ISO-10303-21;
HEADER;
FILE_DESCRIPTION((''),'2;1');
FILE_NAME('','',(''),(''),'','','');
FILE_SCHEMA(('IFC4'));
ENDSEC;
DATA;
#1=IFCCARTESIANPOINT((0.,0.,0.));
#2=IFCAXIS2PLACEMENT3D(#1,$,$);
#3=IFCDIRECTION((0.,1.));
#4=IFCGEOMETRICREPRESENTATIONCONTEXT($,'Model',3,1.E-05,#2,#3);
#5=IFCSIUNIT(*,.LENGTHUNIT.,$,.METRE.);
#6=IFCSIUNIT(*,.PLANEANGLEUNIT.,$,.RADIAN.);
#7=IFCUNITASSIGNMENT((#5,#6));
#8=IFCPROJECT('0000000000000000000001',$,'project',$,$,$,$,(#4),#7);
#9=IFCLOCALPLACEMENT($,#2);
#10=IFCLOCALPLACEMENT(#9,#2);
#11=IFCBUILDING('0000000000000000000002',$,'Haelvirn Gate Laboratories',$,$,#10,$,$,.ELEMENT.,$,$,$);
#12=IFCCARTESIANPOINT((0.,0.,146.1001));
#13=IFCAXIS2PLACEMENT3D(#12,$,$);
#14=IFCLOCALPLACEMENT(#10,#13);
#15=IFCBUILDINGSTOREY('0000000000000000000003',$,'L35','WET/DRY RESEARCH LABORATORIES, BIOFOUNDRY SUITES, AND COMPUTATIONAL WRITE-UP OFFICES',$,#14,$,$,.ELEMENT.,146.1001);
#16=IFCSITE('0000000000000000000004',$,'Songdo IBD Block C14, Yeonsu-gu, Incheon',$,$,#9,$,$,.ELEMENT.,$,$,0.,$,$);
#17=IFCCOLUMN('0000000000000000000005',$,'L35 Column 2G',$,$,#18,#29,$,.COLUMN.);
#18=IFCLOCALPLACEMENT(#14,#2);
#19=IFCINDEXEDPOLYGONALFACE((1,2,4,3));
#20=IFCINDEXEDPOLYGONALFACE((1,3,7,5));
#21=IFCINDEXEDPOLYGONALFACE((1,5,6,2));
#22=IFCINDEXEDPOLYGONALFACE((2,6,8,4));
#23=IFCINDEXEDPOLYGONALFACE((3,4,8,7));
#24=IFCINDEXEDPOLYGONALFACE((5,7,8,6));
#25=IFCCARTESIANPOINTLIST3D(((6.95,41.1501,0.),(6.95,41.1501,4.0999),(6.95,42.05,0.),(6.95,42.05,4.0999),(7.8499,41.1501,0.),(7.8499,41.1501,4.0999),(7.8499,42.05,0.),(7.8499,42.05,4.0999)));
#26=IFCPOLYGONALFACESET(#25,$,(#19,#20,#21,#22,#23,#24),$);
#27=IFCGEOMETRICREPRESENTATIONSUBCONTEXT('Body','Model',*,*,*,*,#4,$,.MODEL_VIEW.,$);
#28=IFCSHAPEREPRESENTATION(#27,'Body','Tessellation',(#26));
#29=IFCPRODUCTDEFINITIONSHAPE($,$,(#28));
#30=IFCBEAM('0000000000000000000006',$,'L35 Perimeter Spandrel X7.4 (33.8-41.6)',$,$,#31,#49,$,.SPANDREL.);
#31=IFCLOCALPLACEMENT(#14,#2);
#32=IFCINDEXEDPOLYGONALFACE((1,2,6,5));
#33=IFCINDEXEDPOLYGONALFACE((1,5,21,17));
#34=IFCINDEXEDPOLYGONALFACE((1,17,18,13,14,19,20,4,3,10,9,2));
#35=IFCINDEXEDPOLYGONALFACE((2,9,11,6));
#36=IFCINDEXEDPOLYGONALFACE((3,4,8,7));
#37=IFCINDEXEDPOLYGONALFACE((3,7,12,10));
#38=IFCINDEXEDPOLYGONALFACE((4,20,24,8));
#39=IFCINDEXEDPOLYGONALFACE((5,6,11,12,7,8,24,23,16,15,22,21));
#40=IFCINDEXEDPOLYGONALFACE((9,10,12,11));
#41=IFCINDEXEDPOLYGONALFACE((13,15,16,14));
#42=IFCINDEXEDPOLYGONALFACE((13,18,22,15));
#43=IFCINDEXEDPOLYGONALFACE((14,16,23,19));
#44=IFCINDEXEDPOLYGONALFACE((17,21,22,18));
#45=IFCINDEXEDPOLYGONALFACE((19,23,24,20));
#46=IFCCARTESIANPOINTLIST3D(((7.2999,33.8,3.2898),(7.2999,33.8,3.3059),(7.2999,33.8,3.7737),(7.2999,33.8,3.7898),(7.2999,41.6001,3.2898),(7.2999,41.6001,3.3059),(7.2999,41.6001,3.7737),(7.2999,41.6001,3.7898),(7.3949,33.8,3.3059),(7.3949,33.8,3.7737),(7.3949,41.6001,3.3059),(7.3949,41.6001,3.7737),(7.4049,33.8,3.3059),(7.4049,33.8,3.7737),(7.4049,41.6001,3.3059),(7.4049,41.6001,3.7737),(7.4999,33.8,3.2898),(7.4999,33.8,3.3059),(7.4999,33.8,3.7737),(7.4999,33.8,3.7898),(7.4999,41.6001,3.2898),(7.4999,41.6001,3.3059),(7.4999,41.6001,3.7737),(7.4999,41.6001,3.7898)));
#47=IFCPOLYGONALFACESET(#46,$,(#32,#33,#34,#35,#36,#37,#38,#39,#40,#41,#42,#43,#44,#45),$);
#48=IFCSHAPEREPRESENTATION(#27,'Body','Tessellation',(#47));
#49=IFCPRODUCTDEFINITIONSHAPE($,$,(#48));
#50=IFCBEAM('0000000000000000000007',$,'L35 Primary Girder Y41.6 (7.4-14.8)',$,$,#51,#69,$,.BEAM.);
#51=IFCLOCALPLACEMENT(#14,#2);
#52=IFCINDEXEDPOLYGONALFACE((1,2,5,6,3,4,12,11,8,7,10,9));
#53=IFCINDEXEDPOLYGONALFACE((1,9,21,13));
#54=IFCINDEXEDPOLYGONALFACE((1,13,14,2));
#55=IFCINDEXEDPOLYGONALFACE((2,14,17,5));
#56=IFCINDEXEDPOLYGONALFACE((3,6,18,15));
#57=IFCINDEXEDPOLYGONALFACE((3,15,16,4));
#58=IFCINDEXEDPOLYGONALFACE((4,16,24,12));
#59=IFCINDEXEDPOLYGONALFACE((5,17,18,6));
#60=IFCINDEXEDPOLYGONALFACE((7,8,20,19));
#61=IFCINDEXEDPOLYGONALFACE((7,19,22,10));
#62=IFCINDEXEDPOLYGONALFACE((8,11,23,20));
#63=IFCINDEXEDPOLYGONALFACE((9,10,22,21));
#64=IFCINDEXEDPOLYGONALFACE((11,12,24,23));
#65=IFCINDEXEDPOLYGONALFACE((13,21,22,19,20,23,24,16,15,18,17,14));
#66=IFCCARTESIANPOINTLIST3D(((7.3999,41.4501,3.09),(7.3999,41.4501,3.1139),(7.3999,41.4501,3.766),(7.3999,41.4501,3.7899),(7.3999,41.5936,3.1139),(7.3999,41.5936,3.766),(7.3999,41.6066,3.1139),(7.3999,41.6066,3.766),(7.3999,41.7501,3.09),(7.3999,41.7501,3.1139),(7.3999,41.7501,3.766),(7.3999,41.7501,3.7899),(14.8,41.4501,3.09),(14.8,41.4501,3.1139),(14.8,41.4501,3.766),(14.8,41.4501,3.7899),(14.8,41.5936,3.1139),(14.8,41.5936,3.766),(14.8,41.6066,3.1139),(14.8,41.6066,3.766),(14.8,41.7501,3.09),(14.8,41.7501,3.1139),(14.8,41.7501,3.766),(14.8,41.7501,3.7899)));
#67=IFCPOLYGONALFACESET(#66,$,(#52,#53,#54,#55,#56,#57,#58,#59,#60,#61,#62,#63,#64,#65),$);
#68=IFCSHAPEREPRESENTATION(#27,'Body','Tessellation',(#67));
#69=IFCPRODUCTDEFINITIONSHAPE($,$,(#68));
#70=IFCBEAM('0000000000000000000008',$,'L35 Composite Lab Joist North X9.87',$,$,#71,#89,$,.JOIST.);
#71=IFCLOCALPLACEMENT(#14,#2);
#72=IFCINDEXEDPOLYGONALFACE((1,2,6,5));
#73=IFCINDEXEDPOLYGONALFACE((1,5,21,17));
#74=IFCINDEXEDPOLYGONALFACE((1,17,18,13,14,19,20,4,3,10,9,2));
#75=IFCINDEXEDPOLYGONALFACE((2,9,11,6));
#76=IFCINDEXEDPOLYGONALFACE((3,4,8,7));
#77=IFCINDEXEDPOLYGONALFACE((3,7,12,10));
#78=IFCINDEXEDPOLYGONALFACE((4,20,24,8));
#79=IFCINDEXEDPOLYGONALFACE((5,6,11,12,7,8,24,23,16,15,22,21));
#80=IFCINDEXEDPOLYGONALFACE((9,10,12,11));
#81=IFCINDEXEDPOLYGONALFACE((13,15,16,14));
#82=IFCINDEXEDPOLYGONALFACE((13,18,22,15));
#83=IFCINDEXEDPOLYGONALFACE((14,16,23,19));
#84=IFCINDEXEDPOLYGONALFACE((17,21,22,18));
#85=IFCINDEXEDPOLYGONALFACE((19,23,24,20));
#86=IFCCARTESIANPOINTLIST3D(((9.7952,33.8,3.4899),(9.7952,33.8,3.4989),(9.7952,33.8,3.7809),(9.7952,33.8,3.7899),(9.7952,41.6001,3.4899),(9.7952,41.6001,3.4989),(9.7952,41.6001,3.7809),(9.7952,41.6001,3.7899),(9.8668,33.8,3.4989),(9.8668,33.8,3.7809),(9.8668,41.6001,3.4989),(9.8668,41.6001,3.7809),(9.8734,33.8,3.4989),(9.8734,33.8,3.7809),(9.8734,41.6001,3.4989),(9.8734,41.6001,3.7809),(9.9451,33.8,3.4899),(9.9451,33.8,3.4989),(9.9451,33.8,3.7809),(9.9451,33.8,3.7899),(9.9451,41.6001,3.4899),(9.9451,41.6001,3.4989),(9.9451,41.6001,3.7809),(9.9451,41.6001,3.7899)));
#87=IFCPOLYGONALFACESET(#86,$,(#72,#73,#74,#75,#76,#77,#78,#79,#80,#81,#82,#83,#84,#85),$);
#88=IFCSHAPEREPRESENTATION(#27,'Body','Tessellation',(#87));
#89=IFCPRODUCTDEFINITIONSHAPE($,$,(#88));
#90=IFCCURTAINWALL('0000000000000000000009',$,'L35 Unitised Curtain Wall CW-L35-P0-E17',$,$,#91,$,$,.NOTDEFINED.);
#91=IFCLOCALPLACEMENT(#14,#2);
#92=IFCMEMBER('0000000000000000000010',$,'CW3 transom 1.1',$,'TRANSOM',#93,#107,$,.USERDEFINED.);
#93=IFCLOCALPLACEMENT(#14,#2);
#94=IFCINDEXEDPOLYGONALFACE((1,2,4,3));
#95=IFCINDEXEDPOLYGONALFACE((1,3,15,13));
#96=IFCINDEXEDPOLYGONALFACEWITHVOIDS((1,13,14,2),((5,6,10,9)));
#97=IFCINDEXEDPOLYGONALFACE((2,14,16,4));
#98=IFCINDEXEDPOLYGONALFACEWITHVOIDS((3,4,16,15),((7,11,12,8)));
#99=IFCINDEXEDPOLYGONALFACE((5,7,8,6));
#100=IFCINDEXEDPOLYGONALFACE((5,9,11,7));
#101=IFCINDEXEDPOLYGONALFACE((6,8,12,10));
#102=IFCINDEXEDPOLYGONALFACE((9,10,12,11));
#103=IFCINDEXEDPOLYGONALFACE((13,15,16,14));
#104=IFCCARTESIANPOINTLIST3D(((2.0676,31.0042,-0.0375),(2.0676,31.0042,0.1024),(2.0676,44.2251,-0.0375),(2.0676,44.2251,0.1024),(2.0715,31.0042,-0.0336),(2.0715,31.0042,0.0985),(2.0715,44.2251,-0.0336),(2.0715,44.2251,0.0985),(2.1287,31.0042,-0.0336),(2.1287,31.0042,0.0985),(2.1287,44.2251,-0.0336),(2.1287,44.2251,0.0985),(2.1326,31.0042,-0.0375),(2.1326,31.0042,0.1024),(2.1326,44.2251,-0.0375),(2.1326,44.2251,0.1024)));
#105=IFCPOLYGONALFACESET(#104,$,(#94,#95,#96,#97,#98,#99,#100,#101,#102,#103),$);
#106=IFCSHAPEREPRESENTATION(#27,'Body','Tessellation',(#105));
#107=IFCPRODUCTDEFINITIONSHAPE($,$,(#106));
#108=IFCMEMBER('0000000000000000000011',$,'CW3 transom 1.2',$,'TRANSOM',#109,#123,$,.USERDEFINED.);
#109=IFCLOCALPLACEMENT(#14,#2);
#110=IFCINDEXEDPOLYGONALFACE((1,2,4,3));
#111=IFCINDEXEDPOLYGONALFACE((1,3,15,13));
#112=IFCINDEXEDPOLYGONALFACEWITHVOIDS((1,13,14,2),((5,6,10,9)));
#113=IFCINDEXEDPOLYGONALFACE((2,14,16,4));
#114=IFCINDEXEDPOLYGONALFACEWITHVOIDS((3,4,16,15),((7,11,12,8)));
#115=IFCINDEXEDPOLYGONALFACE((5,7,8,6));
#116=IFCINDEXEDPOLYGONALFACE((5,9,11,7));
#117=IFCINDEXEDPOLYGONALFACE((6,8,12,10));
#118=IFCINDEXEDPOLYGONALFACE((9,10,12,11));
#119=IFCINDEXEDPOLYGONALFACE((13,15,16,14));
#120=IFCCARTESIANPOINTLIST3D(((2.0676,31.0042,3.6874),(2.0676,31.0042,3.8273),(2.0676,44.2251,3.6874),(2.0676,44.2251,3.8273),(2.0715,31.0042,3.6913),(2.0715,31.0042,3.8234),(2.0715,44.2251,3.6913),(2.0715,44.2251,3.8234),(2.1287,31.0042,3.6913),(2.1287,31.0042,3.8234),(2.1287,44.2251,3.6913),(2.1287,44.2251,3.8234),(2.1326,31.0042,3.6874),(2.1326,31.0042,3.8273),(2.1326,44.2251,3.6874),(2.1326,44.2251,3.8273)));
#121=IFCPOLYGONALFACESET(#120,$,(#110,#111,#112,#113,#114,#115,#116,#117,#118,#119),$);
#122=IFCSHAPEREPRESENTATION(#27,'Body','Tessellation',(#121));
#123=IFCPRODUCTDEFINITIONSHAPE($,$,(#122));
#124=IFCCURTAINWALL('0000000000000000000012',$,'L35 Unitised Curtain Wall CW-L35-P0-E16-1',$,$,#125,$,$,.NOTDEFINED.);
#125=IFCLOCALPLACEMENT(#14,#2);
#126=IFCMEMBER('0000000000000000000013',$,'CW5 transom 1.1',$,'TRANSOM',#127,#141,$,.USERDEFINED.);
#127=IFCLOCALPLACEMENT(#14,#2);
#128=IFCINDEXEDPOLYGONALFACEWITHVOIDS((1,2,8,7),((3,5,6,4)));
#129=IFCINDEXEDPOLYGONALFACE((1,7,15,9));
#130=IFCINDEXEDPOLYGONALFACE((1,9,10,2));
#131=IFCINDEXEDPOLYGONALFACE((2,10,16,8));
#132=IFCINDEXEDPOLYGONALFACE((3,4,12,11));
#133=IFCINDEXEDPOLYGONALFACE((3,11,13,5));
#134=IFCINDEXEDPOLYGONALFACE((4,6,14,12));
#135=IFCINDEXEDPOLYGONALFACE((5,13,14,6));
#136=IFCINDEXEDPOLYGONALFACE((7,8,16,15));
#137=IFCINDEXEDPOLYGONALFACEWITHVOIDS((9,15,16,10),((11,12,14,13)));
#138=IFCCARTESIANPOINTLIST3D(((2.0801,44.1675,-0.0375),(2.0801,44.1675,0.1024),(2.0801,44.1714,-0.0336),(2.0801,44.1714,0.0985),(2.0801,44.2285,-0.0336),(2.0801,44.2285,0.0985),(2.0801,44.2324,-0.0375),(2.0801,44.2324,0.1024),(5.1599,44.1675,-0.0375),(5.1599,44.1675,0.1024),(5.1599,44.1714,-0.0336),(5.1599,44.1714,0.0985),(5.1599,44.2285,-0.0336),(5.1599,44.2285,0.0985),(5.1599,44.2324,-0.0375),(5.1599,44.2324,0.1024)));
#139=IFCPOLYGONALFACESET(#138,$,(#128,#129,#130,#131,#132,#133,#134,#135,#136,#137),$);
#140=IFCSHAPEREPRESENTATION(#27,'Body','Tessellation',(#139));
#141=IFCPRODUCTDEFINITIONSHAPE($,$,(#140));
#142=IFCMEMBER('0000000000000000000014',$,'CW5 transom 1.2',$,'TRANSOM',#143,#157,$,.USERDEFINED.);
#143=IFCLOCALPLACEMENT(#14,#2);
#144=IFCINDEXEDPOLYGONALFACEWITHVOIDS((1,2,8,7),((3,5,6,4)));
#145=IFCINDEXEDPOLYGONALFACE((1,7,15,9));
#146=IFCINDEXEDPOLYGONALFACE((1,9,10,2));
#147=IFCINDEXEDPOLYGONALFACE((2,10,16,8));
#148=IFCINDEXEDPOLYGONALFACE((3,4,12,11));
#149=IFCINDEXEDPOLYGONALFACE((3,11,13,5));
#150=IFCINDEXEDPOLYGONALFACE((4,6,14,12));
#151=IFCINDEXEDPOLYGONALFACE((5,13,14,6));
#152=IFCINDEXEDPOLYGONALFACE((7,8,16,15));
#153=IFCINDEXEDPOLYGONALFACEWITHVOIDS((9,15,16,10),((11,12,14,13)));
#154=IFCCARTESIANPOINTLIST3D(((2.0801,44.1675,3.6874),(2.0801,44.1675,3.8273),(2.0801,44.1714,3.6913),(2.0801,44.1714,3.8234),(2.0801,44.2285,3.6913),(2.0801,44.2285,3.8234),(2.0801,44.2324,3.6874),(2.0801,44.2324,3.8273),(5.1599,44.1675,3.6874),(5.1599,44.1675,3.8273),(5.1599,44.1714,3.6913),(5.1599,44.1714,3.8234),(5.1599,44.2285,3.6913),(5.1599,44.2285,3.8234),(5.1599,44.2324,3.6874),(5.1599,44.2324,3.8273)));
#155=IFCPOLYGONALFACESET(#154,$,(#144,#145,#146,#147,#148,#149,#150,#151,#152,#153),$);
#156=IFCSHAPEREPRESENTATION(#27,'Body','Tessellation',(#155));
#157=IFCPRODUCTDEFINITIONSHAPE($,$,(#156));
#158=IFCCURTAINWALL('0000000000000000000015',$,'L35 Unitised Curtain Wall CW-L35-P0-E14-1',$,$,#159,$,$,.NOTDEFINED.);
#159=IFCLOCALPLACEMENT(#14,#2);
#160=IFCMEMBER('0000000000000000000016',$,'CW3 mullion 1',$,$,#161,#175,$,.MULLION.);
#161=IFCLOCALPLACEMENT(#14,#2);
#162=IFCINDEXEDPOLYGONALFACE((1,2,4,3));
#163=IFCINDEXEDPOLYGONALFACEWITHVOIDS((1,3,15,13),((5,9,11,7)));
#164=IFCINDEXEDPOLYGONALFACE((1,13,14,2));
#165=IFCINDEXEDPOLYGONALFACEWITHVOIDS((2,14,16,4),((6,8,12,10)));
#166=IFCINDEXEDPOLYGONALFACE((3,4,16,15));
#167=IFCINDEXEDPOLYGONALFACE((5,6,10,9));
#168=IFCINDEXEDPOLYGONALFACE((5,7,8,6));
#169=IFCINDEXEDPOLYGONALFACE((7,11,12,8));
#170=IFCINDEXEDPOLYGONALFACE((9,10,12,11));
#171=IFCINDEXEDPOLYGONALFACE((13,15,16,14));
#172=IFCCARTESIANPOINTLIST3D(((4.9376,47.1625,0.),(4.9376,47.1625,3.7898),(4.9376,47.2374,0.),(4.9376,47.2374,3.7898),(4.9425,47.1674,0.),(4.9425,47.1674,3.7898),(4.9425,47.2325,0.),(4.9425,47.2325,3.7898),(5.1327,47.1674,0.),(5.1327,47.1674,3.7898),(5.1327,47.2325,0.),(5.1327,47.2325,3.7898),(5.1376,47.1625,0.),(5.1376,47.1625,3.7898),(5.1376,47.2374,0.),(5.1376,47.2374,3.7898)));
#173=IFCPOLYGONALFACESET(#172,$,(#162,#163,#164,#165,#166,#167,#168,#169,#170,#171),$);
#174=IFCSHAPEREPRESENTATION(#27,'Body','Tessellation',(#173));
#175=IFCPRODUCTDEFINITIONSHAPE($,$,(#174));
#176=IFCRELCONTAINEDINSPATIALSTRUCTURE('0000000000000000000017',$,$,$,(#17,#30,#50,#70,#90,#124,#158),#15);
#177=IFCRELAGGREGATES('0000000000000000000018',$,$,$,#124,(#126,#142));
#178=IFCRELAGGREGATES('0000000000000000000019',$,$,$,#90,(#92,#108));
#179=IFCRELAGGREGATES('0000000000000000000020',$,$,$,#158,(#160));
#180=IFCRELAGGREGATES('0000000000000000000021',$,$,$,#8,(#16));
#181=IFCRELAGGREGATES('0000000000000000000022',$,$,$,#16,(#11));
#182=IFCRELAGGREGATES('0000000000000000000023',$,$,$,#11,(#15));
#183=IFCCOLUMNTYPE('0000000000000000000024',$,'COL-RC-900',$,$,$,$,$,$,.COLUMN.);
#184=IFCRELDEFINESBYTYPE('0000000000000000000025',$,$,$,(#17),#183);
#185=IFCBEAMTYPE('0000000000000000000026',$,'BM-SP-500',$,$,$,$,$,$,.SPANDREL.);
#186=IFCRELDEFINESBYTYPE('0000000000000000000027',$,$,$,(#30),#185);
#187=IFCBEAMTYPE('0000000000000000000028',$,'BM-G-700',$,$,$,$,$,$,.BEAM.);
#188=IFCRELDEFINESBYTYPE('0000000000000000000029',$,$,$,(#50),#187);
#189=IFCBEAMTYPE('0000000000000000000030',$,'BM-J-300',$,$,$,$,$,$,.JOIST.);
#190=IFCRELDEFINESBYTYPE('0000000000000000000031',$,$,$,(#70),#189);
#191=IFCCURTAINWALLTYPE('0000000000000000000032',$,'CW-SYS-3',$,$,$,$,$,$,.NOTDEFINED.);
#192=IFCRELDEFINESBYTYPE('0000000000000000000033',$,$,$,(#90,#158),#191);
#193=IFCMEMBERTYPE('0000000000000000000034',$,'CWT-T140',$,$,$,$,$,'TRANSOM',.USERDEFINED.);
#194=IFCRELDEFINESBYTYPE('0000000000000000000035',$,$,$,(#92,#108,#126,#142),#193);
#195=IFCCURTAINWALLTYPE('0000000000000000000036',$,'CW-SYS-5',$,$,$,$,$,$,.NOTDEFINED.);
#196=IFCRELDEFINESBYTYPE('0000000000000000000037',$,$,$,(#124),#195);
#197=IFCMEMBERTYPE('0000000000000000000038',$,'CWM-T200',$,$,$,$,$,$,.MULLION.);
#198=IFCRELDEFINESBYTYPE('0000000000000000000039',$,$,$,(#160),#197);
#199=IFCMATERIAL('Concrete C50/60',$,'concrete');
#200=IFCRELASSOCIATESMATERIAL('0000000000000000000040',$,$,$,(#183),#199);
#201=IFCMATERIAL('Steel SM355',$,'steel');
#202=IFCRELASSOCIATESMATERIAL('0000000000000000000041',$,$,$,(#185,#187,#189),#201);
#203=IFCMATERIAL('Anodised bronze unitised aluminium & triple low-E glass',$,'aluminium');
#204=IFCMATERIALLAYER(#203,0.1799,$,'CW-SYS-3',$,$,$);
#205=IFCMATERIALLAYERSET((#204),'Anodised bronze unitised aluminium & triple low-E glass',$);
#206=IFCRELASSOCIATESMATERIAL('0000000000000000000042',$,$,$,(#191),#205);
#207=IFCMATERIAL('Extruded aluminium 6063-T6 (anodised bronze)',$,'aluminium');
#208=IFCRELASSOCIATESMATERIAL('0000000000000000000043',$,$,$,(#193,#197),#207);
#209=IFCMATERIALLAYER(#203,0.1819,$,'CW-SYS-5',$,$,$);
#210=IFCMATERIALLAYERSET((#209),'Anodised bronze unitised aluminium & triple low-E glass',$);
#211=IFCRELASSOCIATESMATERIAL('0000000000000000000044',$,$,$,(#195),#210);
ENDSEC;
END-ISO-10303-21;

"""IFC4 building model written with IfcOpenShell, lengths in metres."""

from ifc_helpers import new_model, si_unit, direction, frame, origin, origin_2d, place, context, subcontext, project, spatial, rectangle, hollow_rectangle, i_section, extrude, source, transform, mapped, material, layer, layer_set, material_profile, profile_set, type_object, type_shapes, element, aggregate, save


model = new_model("IFC4")

# Units and contexts
model_context = context("Model", 3, precision=1e-05, world=origin(), true_north=direction((0.0, 1.0)))
body_context = subcontext(model_context, "Body", "Model", "MODEL_VIEW")
ifc_project = project(units=[si_unit("LENGTHUNIT", "METRE"), si_unit("PLANEANGLEUNIT", "RADIAN")], contexts=[model_context])

# Site, building, storey
site_placement = place(None, origin())
site = spatial("IfcSite", under=ifc_project, at=site_placement, Name="Songdo IBD Block C14, Yeonsu-gu, Incheon", CompositionType="ELEMENT", RefElevation=0.0)
building_placement = place(site_placement, origin())
building = spatial("IfcBuilding", under=site, at=building_placement, Name="Haelvirn Gate Laboratories", CompositionType="ELEMENT")
storey_placement = place(building_placement, frame((0.0, 0.0, 146.1001)))
storey = spatial("IfcBuildingStorey", under=building, at=storey_placement, Name="L35", Description="WET/DRY RESEARCH LABORATORIES, BIOFOUNDRY SUITES, AND COMPUTATIONAL WRITE-UP OFFICES", CompositionType="ELEMENT", Elevation=146.1001)

# Column
ifc_material_1 = material(Name="Concrete C50/60", Category="concrete")
ifc_material_profile_1 = material_profile(ifc_material_1, rectangle(XDim=0.8999, YDim=0.8999, at=origin_2d()), Name="RC-900x900")
ifc_profile_set_1 = profile_set([ifc_material_profile_1], Name="Concrete C50/60")
column_type = type_object("IfcColumnType", Name="COL-RC-900", PredefinedType="COLUMN", material=ifc_profile_set_1)
shared_shape_1 = source(origin(), body_context, "Body", "SweptSolid", [
    extrude(rectangle(XDim=0.8999, YDim=0.8999, at=origin_2d()), origin(), (0.0, 0.0, 1.0), 4.0999),
])
type_shapes(column_type, [shared_shape_1])
column_placement = place(storey_placement, frame((7.3999, 41.6001, 0.0), z_axis=(0.0, 0.0, 1.0), x_axis=(1.0, 0.0, 0.0)))
element("IfcColumn", 1, at=column_placement, inside=storey, type_object=column_type, Name="L35 Column 2G", PredefinedType="COLUMN", context=body_context, shape_type="MappedRepresentation", body=[
    mapped(shared_shape_1, transform((0.0, 0.0, 0.0), scale=1.0)),
])

# Beams
ifc_material_2 = material(Name="Steel SM355", Category="steel")
ifc_material_profile_2 = material_profile(ifc_material_2, i_section(OverallWidth=0.2, OverallDepth=0.5, WebThickness=0.01, FlangeThickness=0.0161, at=origin_2d()), Name="H-500x200x10x16")
ifc_profile_set_2 = profile_set([ifc_material_profile_2], Name="Steel SM355")
beam_type_1 = type_object("IfcBeamType", Name="BM-SP-500", PredefinedType="SPANDREL", material=ifc_profile_set_2)
shared_shape_2 = source(origin(), body_context, "Body", "SweptSolid", [
    extrude(i_section(OverallWidth=0.2, OverallDepth=0.5, WebThickness=0.01, FlangeThickness=0.0161, at=origin_2d()), origin(), (0.0, 0.0, 1.0), 7.8),
])
type_shapes(beam_type_1, [shared_shape_2])
beam_1_placement = place(storey_placement, frame((7.3999, 33.8, 3.5398), z_axis=(0.0, 1.0, 0.0), x_axis=(-1.0, 0.0, 0.0)))
element("IfcBeam", 2, at=beam_1_placement, inside=storey, type_object=beam_type_1, Name="L35 Perimeter Spandrel X7.4 (33.8-41.6)", PredefinedType="SPANDREL", context=body_context, shape_type="MappedRepresentation", body=[
    mapped(shared_shape_2, transform((0.0, 0.0, 0.0), scale=1.0)),
])
ifc_material_profile_3 = material_profile(ifc_material_2, i_section(OverallWidth=0.3, OverallDepth=0.7, WebThickness=0.0129, FlangeThickness=0.0239, at=origin_2d()), Name="H-700x300x13x24")
ifc_profile_set_3 = profile_set([ifc_material_profile_3], Name="Steel SM355")
beam_type_2 = type_object("IfcBeamType", Name="BM-G-700", PredefinedType="BEAM", material=ifc_profile_set_3)
shared_shape_3 = source(origin(), body_context, "Body", "SweptSolid", [
    extrude(i_section(OverallWidth=0.3, OverallDepth=0.7, WebThickness=0.0129, FlangeThickness=0.0239, at=origin_2d()), origin(), (0.0, 0.0, 1.0), 7.4001),
])
type_shapes(beam_type_2, [shared_shape_3])
beam_2_placement = place(storey_placement, frame((7.3999, 41.6001, 3.4399), z_axis=(1.0, 0.0, 0.0), x_axis=(0.0, 1.0, 0.0)))
element("IfcBeam", 3, at=beam_2_placement, inside=storey, type_object=beam_type_2, Name="L35 Primary Girder Y41.6 (7.4-14.8)", PredefinedType="BEAM", context=body_context, shape_type="MappedRepresentation", body=[
    mapped(shared_shape_3, transform((0.0, 0.0, 0.0), scale=1.0)),
])
ifc_material_profile_4 = material_profile(ifc_material_2, i_section(OverallWidth=0.1499, OverallDepth=0.3, WebThickness=0.0066, FlangeThickness=0.009, at=origin_2d()), Name="H-300x150x6.5x9")
ifc_profile_set_4 = profile_set([ifc_material_profile_4], Name="Steel SM355")
beam_type_3 = type_object("IfcBeamType", Name="BM-J-300", PredefinedType="JOIST", material=ifc_profile_set_4)
shared_shape_4 = source(origin(), body_context, "Body", "SweptSolid", [
    extrude(i_section(OverallWidth=0.1499, OverallDepth=0.3, WebThickness=0.0066, FlangeThickness=0.009, at=origin_2d()), origin(), (0.0, 0.0, 1.0), 7.8),
])
type_shapes(beam_type_3, [shared_shape_4])
beam_3_placement = place(storey_placement, frame((9.8701, 33.8, 3.6399), z_axis=(0.0, 1.0, 0.0), x_axis=(-1.0, 0.0, 0.0)))
element("IfcBeam", 4, at=beam_3_placement, inside=storey, type_object=beam_type_3, Name="L35 Composite Lab Joist North X9.87", PredefinedType="JOIST", context=body_context, shape_type="MappedRepresentation", body=[
    mapped(shared_shape_4, transform((0.0, 0.0, 0.0), scale=1.0)),
])

# Curtain walls, members
ifc_material_3 = material(Name="Anodised bronze unitised aluminium & triple low-E glass", Category="aluminium")
ifc_layer_1 = layer(ifc_material_3, 0.1799, Name="CW-SYS-3")
ifc_layer_set_1 = layer_set([ifc_layer_1], Name="Anodised bronze unitised aluminium & triple low-E glass")
curtain_wall_type_1 = type_object("IfcCurtainWallType", Name="CW-SYS-3", PredefinedType="NOTDEFINED", material=ifc_layer_set_1)
curtain_wall_1_placement = place(storey_placement, origin())
curtain_wall_1 = element("IfcCurtainWall", 5, at=curtain_wall_1_placement, inside=storey, type_object=curtain_wall_type_1, Name="L35 Unitised Curtain Wall CW-L35-P0-E17", PredefinedType="NOTDEFINED")
ifc_material_4 = material(Name="Extruded aluminium 6063-T6 (anodised bronze)", Category="aluminium")
ifc_material_profile_5 = material_profile(ifc_material_4, hollow_rectangle(XDim=0.0649, YDim=0.1399, WallThickness=0.0039, at=origin_2d()), Name="CWT-140x65x4")
ifc_profile_set_5 = profile_set([ifc_material_profile_5], Name="Extruded aluminium 6063-T6 (anodised bronze)")
member_type_1 = type_object("IfcMemberType", Name="CWT-T140", ElementType="TRANSOM", PredefinedType="USERDEFINED", material=ifc_profile_set_5)
shared_shape_5 = source(origin(), body_context, "Body", "SweptSolid", [
    extrude(hollow_rectangle(XDim=0.0649, YDim=0.1399, WallThickness=0.0039, at=origin_2d()), origin(), (0.0, 0.0, 1.0), 13.2209),
])
member_1_placement = place(storey_placement, frame((2.1001, 44.2251, 0.0325), z_axis=(0.0, -1.0, 0.0), x_axis=(1.0, 0.0, 0.0)))
member_1 = element("IfcMember", 6, at=member_1_placement, type_object=member_type_1, Name="CW3 transom 1.1", ObjectType="TRANSOM", PredefinedType="USERDEFINED", context=body_context, shape_type="MappedRepresentation", body=[
    mapped(shared_shape_5, transform((0.0, 0.0, 0.0), scale=1.0)),
])
member_2_placement = place(storey_placement, frame((2.1001, 44.2251, 3.7573), z_axis=(0.0, -1.0, 0.0), x_axis=(1.0, 0.0, 0.0)))
member_2 = element("IfcMember", 7, at=member_2_placement, type_object=member_type_1, Name="CW3 transom 1.2", ObjectType="TRANSOM", PredefinedType="USERDEFINED", context=body_context, shape_type="MappedRepresentation", body=[
    mapped(shared_shape_5, transform((0.0, 0.0, 0.0), scale=1.0)),
])
ifc_layer_2 = layer(ifc_material_3, 0.1819, Name="CW-SYS-5")
ifc_layer_set_2 = layer_set([ifc_layer_2], Name="Anodised bronze unitised aluminium & triple low-E glass")
curtain_wall_type_2 = type_object("IfcCurtainWallType", Name="CW-SYS-5", PredefinedType="NOTDEFINED", material=ifc_layer_set_2)
curtain_wall_2_placement = place(storey_placement, origin())
curtain_wall_2 = element("IfcCurtainWall", 8, at=curtain_wall_2_placement, inside=storey, type_object=curtain_wall_type_2, Name="L35 Unitised Curtain Wall CW-L35-P0-E16-1", PredefinedType="NOTDEFINED")
shared_shape_6 = source(origin(), body_context, "Body", "SweptSolid", [
    extrude(hollow_rectangle(XDim=0.0649, YDim=0.1399, WallThickness=0.0039, at=origin_2d()), origin(), (0.0, 0.0, 1.0), 3.0798),
])
member_3_placement = place(storey_placement, frame((2.0801, 44.2, 0.0325), z_axis=(1.0, 0.0, 0.0), x_axis=(0.0, 1.0, 0.0)))
member_3 = element("IfcMember", 9, at=member_3_placement, type_object=member_type_1, Name="CW5 transom 1.1", ObjectType="TRANSOM", PredefinedType="USERDEFINED", context=body_context, shape_type="MappedRepresentation", body=[
    mapped(shared_shape_6, transform((0.0, 0.0, 0.0), scale=1.0)),
])
member_4_placement = place(storey_placement, frame((2.0801, 44.2, 3.7573), z_axis=(1.0, 0.0, 0.0), x_axis=(0.0, 1.0, 0.0)))
member_4 = element("IfcMember", 10, at=member_4_placement, type_object=member_type_1, Name="CW5 transom 1.2", ObjectType="TRANSOM", PredefinedType="USERDEFINED", context=body_context, shape_type="MappedRepresentation", body=[
    mapped(shared_shape_6, transform((0.0, 0.0, 0.0), scale=1.0)),
])
curtain_wall_3_placement = place(storey_placement, origin())
curtain_wall_3 = element("IfcCurtainWall", 11, at=curtain_wall_3_placement, inside=storey, type_object=curtain_wall_type_1, Name="L35 Unitised Curtain Wall CW-L35-P0-E14-1", PredefinedType="NOTDEFINED")
ifc_material_profile_6 = material_profile(ifc_material_4, hollow_rectangle(XDim=0.075, YDim=0.2, WallThickness=0.0049, at=origin_2d()), Name="CWM-200x75x5")
ifc_profile_set_6 = profile_set([ifc_material_profile_6], Name="Extruded aluminium 6063-T6 (anodised bronze)")
member_type_2 = type_object("IfcMemberType", Name="CWM-T200", PredefinedType="MULLION", material=ifc_profile_set_6)
shared_shape_7 = source(origin(), body_context, "Body", "SweptSolid", [
    extrude(hollow_rectangle(XDim=0.075, YDim=0.2, WallThickness=0.0049, at=origin_2d()), origin(), (0.0, 0.0, 1.0), 3.7898),
])
type_shapes(member_type_2, [shared_shape_7])
member_5_placement = place(storey_placement, frame((5.0376, 47.2, 0.0), z_axis=(0.0, 0.0, 1.0), x_axis=(0.0, 1.0, 0.0)))
member_5 = element("IfcMember", 12, at=member_5_placement, type_object=member_type_2, Name="CW3 mullion 1", PredefinedType="MULLION", context=body_context, shape_type="MappedRepresentation", body=[
    mapped(shared_shape_7, transform((0.0, 0.0, 0.0), scale=1.0)),
])

aggregate(curtain_wall_2, [member_3, member_4])
aggregate(curtain_wall_1, [member_1, member_2])
aggregate(curtain_wall_3, [member_5])

save(model, "model.ifc")
